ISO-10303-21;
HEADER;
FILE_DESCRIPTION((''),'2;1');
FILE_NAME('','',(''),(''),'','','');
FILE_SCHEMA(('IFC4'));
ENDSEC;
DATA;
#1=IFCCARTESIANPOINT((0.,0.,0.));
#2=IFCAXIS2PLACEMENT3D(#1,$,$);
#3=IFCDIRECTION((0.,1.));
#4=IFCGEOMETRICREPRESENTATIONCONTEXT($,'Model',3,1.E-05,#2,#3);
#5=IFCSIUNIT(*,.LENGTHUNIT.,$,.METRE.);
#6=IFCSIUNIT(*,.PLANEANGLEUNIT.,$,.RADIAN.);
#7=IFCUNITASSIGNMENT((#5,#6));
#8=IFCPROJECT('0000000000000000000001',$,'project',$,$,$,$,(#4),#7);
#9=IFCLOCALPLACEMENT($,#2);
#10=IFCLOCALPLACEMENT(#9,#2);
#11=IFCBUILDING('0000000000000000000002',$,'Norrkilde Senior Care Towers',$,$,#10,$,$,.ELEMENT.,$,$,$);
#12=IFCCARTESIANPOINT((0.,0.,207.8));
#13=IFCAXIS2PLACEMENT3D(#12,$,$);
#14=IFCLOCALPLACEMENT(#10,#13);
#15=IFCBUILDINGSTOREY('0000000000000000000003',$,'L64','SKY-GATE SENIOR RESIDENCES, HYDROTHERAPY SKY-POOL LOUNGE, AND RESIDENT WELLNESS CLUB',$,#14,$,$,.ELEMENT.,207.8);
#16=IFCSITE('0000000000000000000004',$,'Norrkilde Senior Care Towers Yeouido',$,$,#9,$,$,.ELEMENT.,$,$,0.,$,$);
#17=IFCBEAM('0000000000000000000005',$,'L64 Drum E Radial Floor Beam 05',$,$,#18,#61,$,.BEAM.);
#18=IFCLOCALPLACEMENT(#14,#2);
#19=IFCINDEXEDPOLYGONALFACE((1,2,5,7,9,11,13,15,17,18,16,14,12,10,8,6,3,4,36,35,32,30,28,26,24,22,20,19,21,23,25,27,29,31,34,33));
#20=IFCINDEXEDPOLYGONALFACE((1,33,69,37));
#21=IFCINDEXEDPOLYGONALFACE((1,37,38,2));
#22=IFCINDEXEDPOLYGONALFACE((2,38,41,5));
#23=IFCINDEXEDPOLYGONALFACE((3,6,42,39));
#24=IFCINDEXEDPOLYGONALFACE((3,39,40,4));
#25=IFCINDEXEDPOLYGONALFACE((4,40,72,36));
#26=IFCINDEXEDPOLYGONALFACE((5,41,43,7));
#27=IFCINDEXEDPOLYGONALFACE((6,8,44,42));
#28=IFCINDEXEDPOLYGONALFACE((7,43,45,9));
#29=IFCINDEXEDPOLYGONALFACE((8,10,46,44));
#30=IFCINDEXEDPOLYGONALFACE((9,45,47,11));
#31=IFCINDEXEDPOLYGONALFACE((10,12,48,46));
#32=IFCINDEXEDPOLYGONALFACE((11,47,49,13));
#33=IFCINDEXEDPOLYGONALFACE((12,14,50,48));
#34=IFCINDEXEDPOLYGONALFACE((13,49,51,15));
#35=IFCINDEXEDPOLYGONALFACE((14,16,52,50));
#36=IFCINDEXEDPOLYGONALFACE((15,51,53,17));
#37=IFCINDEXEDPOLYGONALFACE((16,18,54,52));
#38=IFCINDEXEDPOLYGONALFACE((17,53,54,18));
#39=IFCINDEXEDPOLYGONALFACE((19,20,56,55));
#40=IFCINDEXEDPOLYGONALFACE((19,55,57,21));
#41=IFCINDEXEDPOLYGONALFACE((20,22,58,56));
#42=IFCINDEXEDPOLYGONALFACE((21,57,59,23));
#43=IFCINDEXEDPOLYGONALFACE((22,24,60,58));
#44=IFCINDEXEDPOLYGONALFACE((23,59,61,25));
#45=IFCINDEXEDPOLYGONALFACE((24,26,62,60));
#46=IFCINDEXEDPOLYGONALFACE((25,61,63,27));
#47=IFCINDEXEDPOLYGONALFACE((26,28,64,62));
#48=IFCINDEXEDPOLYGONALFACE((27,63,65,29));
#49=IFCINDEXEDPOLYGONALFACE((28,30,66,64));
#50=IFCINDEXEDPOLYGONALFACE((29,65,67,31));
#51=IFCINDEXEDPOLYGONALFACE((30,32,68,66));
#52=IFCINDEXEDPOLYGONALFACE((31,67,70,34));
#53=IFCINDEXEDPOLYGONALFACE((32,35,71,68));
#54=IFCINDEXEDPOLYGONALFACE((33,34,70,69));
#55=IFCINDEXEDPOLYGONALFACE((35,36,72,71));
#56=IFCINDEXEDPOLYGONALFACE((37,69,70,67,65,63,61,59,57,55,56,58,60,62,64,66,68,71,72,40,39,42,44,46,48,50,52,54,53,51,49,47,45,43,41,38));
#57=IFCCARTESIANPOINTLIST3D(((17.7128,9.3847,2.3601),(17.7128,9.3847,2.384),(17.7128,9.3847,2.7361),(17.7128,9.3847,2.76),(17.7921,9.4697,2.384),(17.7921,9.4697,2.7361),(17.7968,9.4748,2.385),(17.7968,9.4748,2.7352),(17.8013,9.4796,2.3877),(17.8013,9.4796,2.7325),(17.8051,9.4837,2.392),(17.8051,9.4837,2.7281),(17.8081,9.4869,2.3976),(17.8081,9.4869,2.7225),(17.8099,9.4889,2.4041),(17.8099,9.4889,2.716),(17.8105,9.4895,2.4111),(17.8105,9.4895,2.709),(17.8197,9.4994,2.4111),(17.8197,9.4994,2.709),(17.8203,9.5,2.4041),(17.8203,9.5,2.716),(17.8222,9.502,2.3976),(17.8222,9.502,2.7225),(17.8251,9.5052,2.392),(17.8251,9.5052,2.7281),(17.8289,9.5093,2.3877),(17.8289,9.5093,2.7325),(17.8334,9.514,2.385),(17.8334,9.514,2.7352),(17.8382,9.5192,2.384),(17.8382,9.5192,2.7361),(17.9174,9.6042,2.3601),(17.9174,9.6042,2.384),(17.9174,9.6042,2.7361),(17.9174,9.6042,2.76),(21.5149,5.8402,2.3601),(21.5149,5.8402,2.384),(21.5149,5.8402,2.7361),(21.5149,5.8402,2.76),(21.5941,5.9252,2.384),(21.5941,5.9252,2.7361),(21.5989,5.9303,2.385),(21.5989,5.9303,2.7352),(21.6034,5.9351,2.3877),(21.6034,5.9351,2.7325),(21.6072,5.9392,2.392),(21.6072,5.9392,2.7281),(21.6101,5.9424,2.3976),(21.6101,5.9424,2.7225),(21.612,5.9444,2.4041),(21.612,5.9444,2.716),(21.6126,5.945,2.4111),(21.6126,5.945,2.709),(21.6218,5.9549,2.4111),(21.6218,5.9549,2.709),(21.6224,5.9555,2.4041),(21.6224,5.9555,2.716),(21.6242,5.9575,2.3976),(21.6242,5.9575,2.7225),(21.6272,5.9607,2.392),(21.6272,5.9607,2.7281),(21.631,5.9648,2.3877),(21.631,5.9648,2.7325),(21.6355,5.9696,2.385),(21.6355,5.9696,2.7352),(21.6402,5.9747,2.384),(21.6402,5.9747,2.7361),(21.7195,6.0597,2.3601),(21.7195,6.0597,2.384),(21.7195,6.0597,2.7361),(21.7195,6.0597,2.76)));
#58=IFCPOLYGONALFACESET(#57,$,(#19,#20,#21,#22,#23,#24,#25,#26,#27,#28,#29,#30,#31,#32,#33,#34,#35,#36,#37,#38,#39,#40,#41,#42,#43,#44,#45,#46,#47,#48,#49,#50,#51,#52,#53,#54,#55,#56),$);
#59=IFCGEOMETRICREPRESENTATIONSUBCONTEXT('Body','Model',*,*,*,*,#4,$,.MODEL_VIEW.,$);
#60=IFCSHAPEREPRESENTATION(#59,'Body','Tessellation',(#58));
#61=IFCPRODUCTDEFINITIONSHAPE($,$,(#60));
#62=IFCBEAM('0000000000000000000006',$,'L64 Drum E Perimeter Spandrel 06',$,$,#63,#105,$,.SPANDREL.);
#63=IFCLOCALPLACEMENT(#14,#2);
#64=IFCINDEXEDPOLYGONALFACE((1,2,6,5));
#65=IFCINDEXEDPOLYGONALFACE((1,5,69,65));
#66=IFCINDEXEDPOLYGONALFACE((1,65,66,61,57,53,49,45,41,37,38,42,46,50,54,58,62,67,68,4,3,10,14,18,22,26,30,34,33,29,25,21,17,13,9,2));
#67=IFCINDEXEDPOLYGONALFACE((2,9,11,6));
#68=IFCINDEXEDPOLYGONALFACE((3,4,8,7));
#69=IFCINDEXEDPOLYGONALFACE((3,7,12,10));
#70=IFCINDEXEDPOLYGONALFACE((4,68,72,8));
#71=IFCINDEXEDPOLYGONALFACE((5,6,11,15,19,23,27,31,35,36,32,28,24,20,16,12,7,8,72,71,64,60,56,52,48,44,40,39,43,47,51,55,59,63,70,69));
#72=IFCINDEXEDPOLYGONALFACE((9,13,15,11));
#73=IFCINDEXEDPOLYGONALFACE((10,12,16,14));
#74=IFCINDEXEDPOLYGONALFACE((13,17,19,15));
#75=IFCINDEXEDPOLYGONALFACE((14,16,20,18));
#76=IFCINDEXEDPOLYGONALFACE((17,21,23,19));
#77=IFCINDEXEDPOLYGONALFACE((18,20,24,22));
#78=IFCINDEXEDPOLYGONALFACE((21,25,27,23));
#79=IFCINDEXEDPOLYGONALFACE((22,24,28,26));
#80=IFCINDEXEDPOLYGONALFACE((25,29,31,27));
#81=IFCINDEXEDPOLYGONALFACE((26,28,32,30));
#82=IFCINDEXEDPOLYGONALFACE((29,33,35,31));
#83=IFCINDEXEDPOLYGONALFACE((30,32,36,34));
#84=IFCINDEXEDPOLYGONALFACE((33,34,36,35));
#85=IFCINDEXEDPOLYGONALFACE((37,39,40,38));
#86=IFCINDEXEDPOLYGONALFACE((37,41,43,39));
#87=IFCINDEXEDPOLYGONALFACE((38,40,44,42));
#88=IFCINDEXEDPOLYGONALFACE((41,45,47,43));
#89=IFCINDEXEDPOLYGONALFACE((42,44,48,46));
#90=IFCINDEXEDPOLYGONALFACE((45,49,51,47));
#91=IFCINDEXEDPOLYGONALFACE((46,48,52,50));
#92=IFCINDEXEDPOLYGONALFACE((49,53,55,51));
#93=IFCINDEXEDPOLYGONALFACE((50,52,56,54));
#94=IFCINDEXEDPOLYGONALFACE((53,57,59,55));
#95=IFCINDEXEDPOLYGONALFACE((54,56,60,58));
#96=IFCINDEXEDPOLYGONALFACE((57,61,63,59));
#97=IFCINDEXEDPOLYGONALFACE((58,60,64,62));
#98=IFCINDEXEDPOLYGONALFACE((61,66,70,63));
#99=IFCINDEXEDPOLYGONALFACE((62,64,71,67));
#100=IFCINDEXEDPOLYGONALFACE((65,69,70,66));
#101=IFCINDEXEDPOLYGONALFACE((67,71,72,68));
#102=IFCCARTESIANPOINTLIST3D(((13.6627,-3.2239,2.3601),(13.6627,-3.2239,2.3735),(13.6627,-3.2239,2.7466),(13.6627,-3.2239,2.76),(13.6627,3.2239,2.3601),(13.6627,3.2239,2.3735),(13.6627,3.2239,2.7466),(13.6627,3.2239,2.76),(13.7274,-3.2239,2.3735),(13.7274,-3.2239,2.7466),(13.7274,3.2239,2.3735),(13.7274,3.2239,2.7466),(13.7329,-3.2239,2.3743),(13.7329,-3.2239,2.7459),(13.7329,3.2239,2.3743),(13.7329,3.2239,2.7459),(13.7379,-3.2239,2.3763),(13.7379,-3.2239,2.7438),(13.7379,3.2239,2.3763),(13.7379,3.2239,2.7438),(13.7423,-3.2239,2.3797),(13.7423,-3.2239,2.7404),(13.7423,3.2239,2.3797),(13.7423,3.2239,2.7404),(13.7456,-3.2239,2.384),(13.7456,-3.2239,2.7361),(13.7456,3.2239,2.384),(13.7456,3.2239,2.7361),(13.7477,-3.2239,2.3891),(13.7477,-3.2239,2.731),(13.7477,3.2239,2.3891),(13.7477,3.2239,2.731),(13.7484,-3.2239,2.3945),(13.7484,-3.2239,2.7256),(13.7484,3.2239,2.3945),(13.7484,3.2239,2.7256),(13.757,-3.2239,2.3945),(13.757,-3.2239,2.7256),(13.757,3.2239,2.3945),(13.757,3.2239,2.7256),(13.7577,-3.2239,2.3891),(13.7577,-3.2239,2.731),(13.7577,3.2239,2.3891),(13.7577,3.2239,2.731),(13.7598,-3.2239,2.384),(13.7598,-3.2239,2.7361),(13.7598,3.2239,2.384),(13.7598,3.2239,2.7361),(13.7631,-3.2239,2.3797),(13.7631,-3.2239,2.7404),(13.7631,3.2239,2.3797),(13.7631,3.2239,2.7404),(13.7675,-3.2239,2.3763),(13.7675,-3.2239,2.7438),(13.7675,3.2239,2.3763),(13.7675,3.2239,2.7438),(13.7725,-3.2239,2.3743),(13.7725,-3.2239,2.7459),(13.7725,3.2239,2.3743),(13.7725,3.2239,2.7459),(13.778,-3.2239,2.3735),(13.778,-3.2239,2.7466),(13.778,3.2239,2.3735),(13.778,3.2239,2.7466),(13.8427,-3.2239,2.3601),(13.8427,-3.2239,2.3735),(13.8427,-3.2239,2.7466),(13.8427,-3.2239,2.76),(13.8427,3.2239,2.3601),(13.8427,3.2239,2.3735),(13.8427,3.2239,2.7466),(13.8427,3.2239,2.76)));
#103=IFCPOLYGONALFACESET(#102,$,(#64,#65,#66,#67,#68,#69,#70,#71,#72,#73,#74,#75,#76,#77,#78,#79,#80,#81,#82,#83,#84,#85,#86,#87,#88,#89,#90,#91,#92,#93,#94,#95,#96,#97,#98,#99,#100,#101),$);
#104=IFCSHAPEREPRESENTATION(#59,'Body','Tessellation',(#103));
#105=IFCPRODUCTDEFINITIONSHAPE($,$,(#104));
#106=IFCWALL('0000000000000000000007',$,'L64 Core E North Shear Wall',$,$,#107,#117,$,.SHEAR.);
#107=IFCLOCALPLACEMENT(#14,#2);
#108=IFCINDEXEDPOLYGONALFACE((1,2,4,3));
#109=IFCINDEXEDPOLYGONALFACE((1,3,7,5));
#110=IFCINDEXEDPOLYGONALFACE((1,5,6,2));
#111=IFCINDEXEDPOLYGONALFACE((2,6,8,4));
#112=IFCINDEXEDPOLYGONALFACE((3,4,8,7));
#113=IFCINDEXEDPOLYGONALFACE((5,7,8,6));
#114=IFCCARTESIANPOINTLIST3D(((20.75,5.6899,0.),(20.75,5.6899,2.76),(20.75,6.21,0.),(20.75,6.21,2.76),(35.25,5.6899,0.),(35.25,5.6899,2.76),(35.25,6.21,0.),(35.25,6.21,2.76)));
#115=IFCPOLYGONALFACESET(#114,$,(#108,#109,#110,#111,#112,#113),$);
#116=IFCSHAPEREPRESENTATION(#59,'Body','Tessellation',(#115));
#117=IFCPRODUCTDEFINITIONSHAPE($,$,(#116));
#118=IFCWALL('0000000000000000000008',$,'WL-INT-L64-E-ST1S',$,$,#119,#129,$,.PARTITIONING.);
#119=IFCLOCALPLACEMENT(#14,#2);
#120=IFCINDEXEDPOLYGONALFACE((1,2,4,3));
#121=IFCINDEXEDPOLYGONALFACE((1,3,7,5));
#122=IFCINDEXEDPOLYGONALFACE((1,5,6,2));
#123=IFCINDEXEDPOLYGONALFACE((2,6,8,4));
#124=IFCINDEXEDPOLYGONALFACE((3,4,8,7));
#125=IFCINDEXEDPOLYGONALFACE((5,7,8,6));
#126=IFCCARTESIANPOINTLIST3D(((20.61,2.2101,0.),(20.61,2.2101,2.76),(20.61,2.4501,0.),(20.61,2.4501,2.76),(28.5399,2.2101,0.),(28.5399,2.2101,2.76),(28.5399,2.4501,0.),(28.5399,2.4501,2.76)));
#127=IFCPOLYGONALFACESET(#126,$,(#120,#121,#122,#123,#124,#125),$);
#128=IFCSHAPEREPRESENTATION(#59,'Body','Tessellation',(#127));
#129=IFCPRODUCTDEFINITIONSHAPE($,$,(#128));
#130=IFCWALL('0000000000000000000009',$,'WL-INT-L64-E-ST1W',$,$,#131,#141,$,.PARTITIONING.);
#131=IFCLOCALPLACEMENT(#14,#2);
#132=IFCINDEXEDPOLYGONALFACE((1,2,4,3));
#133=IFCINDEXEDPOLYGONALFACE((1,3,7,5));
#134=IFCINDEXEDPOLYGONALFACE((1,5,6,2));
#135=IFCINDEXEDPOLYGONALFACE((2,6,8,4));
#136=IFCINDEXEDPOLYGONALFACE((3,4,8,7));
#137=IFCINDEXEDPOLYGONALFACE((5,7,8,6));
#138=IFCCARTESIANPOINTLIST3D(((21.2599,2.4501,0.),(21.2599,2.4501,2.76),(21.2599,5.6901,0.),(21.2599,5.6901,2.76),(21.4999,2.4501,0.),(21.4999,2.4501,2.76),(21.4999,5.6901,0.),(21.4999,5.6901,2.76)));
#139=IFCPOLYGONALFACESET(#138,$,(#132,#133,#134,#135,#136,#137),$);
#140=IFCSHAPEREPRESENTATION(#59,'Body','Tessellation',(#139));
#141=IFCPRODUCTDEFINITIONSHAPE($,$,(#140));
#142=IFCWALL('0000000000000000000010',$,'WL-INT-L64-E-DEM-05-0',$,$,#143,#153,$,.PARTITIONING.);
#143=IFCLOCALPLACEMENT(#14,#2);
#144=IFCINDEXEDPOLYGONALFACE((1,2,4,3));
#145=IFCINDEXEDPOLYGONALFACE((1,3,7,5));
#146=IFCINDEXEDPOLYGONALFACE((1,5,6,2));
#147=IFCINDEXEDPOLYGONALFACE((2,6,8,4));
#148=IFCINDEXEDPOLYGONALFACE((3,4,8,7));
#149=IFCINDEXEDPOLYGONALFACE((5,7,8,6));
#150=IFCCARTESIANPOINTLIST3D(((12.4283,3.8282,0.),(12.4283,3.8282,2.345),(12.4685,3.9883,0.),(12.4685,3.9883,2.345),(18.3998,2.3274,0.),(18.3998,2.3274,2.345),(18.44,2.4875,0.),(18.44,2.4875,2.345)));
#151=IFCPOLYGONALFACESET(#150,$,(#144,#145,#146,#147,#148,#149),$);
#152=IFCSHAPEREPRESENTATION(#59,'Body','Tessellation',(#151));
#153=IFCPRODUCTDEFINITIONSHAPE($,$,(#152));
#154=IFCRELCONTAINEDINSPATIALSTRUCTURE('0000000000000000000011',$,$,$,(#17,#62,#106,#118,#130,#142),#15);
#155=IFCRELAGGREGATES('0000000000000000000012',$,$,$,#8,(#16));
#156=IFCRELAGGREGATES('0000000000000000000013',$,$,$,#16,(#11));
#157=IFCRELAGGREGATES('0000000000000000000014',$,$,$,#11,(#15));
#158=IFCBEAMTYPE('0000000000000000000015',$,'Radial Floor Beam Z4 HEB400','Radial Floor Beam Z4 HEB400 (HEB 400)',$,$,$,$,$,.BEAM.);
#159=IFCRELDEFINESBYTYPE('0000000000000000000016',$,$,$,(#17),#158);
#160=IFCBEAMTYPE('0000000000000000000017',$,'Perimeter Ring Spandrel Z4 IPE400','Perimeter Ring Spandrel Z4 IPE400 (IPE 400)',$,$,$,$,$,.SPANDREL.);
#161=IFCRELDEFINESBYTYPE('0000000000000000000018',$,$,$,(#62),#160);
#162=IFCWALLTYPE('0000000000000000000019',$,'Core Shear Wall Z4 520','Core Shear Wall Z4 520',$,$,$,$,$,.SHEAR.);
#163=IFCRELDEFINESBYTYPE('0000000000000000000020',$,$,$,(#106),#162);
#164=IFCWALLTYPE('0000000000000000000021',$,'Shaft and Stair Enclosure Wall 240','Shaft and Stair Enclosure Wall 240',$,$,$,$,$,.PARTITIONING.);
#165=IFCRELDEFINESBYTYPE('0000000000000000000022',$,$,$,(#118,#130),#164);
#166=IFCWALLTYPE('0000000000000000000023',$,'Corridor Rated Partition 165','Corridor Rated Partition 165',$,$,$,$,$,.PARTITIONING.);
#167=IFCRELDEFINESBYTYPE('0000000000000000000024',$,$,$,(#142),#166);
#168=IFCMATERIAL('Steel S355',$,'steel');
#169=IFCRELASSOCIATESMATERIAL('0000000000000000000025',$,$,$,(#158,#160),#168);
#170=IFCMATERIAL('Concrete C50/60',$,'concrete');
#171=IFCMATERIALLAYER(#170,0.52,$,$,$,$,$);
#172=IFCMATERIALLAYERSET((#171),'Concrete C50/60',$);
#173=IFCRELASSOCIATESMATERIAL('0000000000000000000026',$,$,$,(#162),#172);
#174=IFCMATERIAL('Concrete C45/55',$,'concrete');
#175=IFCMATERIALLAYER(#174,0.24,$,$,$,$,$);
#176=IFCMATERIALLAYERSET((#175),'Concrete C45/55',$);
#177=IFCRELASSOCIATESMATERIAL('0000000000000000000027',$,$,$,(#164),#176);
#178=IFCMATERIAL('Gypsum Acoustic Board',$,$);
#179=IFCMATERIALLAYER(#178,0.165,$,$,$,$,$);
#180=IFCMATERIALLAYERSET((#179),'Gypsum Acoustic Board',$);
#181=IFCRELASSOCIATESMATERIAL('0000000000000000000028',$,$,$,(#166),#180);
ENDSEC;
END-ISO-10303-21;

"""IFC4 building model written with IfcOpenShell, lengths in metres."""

from ifc_helpers import new_model, si_unit, direction, frame, frame_2d, origin, origin_2d, place, context, subcontext, project, spatial, rectangle, i_section, extrude, source, transform, mapped, material, layer, layer_set, material_profile, profile_set, type_object, type_shapes, element, save


model = new_model("IFC4")

# Units and contexts
model_context = context("Model", 3, precision=1e-05, world=origin(), true_north=direction((0.0, 1.0)))
body_context = subcontext(model_context, "Body", "Model", "MODEL_VIEW")
ifc_project = project(units=[si_unit("LENGTHUNIT", "METRE"), si_unit("PLANEANGLEUNIT", "RADIAN")], contexts=[model_context])

# Site, building, storey
site_placement = place(None, origin())
site = spatial("IfcSite", under=ifc_project, at=site_placement, Name="Norrkilde Senior Care Towers Yeouido", CompositionType="ELEMENT", RefElevation=0.0)
building_placement = place(site_placement, origin())
building = spatial("IfcBuilding", under=site, at=building_placement, Name="Norrkilde Senior Care Towers", CompositionType="ELEMENT")
storey_placement = place(building_placement, frame((0.0, 0.0, 207.8)))
storey = spatial("IfcBuildingStorey", under=building, at=storey_placement, Name="L64", Description="SKY-GATE SENIOR RESIDENCES, HYDROTHERAPY SKY-POOL LOUNGE, AND RESIDENT WELLNESS CLUB", CompositionType="ELEMENT", Elevation=207.8)

# Shared definitions
ifc_material_1 = material(Name="Concrete C50/60", Category="concrete")

# Beams
ifc_material_2 = material(Name="Steel S355", Category="steel")
ifc_material_profile_1 = material_profile(ifc_material_2, i_section(OverallWidth=0.3, OverallDepth=0.3999, WebThickness=0.0134, FlangeThickness=0.0239, FilletRadius=0.0271, at=origin_2d()), Name="HEB 400")
ifc_profile_set_1 = profile_set([ifc_material_profile_1], Name="Steel S355")
beam_type_1 = type_object("IfcBeamType", Name="Radial Floor Beam Z4 HEB400", Description="Radial Floor Beam Z4 HEB400 (HEB 400)", PredefinedType="BEAM", material=ifc_profile_set_1)
shared_shape_1 = source(origin(), body_context, "Body", "SweptSolid", [
    extrude(i_section(OverallWidth=0.3, OverallDepth=0.3999, WebThickness=0.0134, FlangeThickness=0.0239, FilletRadius=0.0271, at=origin_2d()), origin(), (0.0, 0.0, 1.0), 5.198),
])
beam_1_placement = place(storey_placement, frame((21.6172, 5.95, 2.5601), z_axis=(-0.731449, 0.681896, 0.0), x_axis=(-0.681896, -0.731449, 0.0)))
element("IfcBeam", 1, at=beam_1_placement, inside=storey, type_object=beam_type_1, Name="L64 Drum E Radial Floor Beam 05", PredefinedType="BEAM", context=body_context, shape_type="MappedRepresentation", body=[
    mapped(shared_shape_1, transform((0.0, 0.0, 0.0), x_axis=(1.0, 0.0, 0.0), y_axis=(0.0, 1.0, 0.0), z_axis=(0.0, 0.0, 1.0), scale=1.0)),
])
ifc_material_profile_2 = material_profile(ifc_material_2, i_section(OverallWidth=0.1799, OverallDepth=0.3999, WebThickness=0.0085, FlangeThickness=0.0134, FilletRadius=0.021, at=origin_2d()), Name="IPE 400")
ifc_profile_set_2 = profile_set([ifc_material_profile_2], Name="Steel S355")
beam_type_2 = type_object("IfcBeamType", Name="Perimeter Ring Spandrel Z4 IPE400", Description="Perimeter Ring Spandrel Z4 IPE400 (IPE 400)", PredefinedType="SPANDREL", material=ifc_profile_set_2)
shared_shape_2 = source(origin(), body_context, "Body", "SweptSolid", [
    extrude(i_section(OverallWidth=0.1799, OverallDepth=0.3999, WebThickness=0.0085, FlangeThickness=0.0134, FilletRadius=0.021, at=origin_2d()), origin(), (0.0, 0.0, 1.0), 6.4478),
])
type_shapes(beam_type_2, [shared_shape_2])
beam_2_placement = place(storey_placement, frame((13.7527, 3.2239, 2.5601), z_axis=(0.0, -1.0, 0.0), x_axis=(1.0, 0.0, 0.0)))
element("IfcBeam", 2, at=beam_2_placement, inside=storey, type_object=beam_type_2, Name="L64 Drum E Perimeter Spandrel 06", PredefinedType="SPANDREL", context=body_context, shape_type="MappedRepresentation", body=[
    mapped(shared_shape_2, transform((0.0, 0.0, 0.0), x_axis=(1.0, 0.0, 0.0), y_axis=(0.0, 1.0, 0.0), z_axis=(0.0, 0.0, 1.0), scale=1.0)),
])

# Walls
ifc_layer_1 = layer(ifc_material_1, 0.52)
ifc_layer_set_1 = layer_set([ifc_layer_1], Name="Concrete C50/60")
wall_type_1 = type_object("IfcWallType", Name="Core Shear Wall Z4 520", Description="Core Shear Wall Z4 520", PredefinedType="SHEAR", material=ifc_layer_set_1)
shared_shape_3 = source(origin(), body_context, "Body", "SweptSolid", [
    extrude(rectangle(XDim=14.5, YDim=0.52, at=frame_2d((7.25, 0.0))), origin(), (0.0, 0.0, 1.0), 2.76),
])
type_shapes(wall_type_1, [shared_shape_3])
wall_1_placement = place(storey_placement, frame((20.75, 5.95, 0.0), z_axis=(0.0, 0.0, 1.0), x_axis=(1.0, 0.0, 0.0)))
element("IfcWall", 3, at=wall_1_placement, inside=storey, type_object=wall_type_1, Name="L64 Core E North Shear Wall", PredefinedType="SHEAR", context=body_context, shape_type="MappedRepresentation", body=[
    mapped(shared_shape_3, transform((0.0, 0.0, 0.0), x_axis=(1.0, 0.0, 0.0), y_axis=(0.0, 1.0, 0.0), z_axis=(0.0, 0.0, 1.0), scale=1.0)),
])
ifc_material_3 = material(Name="Concrete C45/55", Category="concrete")
ifc_layer_2 = layer(ifc_material_3, 0.24)
ifc_layer_set_2 = layer_set([ifc_layer_2], Name="Concrete C45/55")
wall_type_2 = type_object("IfcWallType", Name="Shaft and Stair Enclosure Wall 240", Description="Shaft and Stair Enclosure Wall 240", PredefinedType="PARTITIONING", material=ifc_layer_set_2)
shared_shape_4 = source(origin(), body_context, "Body", "SweptSolid", [
    extrude(rectangle(XDim=7.9299, YDim=0.24, at=frame_2d((3.9648, 0.0))), origin(), (0.0, 0.0, 1.0), 2.76),
])
wall_2_placement = place(storey_placement, frame((20.6101, 2.3301, 0.0), z_axis=(0.0, 0.0, 1.0), x_axis=(1.0, 0.0, 0.0)))
element("IfcWall", 4, at=wall_2_placement, inside=storey, type_object=wall_type_2, Name="WL-INT-L64-E-ST1S", PredefinedType="PARTITIONING", context=body_context, shape_type="MappedRepresentation", body=[
    mapped(shared_shape_4, transform((0.0, 0.0, 0.0), x_axis=(1.0, 0.0, 0.0), y_axis=(0.0, 1.0, 0.0), z_axis=(0.0, 0.0, 1.0), scale=1.0)),
])

# Walls
shared_shape_5 = source(origin(), body_context, "Body", "SweptSolid", [
    extrude(rectangle(XDim=3.24, YDim=0.24, at=frame_2d((1.6201, 0.0))), origin(), (0.0, 0.0, 1.0), 2.76),
])
type_shapes(wall_type_2, [shared_shape_4, shared_shape_5])
wall_3_placement = place(storey_placement, frame((21.3799, 2.45, 0.0), z_axis=(0.0, 0.0, 1.0), x_axis=(0.0, 1.0, 0.0)))
element("IfcWall", 5, at=wall_3_placement, inside=storey, type_object=wall_type_2, Name="WL-INT-L64-E-ST1W", PredefinedType="PARTITIONING", context=body_context, shape_type="MappedRepresentation", body=[
    mapped(shared_shape_5, transform((0.0, 0.0, 0.0), x_axis=(1.0, 0.0, 0.0), y_axis=(0.0, 1.0, 0.0), z_axis=(0.0, 0.0, 1.0), scale=1.0)),
])
ifc_material_4 = material(Name="Gypsum Acoustic Board")
ifc_layer_3 = layer(ifc_material_4, 0.165)
ifc_layer_set_3 = layer_set([ifc_layer_3], Name="Gypsum Acoustic Board")
wall_type_3 = type_object("IfcWallType", Name="Corridor Rated Partition 165", Description="Corridor Rated Partition 165", PredefinedType="PARTITIONING", material=ifc_layer_set_3)
shared_shape_6 = source(origin(), body_context, "Body", "SweptSolid", [
    extrude(rectangle(XDim=6.1572, YDim=0.165, at=frame_2d((3.0786, 0.0))), origin(), (0.0, 0.0, 1.0), 2.345),
])
wall_4_placement = place(storey_placement, frame((18.4199, 2.4075, 0.0), z_axis=(0.0, 0.0, 1.0), x_axis=(-0.969841, 0.243739, 0.0)))
element("IfcWall", 6, at=wall_4_placement, inside=storey, type_object=wall_type_3, Name="WL-INT-L64-E-DEM-05-0", PredefinedType="PARTITIONING", context=body_context, shape_type="MappedRepresentation", body=[
    mapped(shared_shape_6, transform((0.0, 0.0, 0.0), x_axis=(1.0, 0.0, 0.0), y_axis=(0.0, 1.0, 0.0), z_axis=(0.0, 0.0, 1.0), scale=1.0)),
])

save(model, "model.ifc")
